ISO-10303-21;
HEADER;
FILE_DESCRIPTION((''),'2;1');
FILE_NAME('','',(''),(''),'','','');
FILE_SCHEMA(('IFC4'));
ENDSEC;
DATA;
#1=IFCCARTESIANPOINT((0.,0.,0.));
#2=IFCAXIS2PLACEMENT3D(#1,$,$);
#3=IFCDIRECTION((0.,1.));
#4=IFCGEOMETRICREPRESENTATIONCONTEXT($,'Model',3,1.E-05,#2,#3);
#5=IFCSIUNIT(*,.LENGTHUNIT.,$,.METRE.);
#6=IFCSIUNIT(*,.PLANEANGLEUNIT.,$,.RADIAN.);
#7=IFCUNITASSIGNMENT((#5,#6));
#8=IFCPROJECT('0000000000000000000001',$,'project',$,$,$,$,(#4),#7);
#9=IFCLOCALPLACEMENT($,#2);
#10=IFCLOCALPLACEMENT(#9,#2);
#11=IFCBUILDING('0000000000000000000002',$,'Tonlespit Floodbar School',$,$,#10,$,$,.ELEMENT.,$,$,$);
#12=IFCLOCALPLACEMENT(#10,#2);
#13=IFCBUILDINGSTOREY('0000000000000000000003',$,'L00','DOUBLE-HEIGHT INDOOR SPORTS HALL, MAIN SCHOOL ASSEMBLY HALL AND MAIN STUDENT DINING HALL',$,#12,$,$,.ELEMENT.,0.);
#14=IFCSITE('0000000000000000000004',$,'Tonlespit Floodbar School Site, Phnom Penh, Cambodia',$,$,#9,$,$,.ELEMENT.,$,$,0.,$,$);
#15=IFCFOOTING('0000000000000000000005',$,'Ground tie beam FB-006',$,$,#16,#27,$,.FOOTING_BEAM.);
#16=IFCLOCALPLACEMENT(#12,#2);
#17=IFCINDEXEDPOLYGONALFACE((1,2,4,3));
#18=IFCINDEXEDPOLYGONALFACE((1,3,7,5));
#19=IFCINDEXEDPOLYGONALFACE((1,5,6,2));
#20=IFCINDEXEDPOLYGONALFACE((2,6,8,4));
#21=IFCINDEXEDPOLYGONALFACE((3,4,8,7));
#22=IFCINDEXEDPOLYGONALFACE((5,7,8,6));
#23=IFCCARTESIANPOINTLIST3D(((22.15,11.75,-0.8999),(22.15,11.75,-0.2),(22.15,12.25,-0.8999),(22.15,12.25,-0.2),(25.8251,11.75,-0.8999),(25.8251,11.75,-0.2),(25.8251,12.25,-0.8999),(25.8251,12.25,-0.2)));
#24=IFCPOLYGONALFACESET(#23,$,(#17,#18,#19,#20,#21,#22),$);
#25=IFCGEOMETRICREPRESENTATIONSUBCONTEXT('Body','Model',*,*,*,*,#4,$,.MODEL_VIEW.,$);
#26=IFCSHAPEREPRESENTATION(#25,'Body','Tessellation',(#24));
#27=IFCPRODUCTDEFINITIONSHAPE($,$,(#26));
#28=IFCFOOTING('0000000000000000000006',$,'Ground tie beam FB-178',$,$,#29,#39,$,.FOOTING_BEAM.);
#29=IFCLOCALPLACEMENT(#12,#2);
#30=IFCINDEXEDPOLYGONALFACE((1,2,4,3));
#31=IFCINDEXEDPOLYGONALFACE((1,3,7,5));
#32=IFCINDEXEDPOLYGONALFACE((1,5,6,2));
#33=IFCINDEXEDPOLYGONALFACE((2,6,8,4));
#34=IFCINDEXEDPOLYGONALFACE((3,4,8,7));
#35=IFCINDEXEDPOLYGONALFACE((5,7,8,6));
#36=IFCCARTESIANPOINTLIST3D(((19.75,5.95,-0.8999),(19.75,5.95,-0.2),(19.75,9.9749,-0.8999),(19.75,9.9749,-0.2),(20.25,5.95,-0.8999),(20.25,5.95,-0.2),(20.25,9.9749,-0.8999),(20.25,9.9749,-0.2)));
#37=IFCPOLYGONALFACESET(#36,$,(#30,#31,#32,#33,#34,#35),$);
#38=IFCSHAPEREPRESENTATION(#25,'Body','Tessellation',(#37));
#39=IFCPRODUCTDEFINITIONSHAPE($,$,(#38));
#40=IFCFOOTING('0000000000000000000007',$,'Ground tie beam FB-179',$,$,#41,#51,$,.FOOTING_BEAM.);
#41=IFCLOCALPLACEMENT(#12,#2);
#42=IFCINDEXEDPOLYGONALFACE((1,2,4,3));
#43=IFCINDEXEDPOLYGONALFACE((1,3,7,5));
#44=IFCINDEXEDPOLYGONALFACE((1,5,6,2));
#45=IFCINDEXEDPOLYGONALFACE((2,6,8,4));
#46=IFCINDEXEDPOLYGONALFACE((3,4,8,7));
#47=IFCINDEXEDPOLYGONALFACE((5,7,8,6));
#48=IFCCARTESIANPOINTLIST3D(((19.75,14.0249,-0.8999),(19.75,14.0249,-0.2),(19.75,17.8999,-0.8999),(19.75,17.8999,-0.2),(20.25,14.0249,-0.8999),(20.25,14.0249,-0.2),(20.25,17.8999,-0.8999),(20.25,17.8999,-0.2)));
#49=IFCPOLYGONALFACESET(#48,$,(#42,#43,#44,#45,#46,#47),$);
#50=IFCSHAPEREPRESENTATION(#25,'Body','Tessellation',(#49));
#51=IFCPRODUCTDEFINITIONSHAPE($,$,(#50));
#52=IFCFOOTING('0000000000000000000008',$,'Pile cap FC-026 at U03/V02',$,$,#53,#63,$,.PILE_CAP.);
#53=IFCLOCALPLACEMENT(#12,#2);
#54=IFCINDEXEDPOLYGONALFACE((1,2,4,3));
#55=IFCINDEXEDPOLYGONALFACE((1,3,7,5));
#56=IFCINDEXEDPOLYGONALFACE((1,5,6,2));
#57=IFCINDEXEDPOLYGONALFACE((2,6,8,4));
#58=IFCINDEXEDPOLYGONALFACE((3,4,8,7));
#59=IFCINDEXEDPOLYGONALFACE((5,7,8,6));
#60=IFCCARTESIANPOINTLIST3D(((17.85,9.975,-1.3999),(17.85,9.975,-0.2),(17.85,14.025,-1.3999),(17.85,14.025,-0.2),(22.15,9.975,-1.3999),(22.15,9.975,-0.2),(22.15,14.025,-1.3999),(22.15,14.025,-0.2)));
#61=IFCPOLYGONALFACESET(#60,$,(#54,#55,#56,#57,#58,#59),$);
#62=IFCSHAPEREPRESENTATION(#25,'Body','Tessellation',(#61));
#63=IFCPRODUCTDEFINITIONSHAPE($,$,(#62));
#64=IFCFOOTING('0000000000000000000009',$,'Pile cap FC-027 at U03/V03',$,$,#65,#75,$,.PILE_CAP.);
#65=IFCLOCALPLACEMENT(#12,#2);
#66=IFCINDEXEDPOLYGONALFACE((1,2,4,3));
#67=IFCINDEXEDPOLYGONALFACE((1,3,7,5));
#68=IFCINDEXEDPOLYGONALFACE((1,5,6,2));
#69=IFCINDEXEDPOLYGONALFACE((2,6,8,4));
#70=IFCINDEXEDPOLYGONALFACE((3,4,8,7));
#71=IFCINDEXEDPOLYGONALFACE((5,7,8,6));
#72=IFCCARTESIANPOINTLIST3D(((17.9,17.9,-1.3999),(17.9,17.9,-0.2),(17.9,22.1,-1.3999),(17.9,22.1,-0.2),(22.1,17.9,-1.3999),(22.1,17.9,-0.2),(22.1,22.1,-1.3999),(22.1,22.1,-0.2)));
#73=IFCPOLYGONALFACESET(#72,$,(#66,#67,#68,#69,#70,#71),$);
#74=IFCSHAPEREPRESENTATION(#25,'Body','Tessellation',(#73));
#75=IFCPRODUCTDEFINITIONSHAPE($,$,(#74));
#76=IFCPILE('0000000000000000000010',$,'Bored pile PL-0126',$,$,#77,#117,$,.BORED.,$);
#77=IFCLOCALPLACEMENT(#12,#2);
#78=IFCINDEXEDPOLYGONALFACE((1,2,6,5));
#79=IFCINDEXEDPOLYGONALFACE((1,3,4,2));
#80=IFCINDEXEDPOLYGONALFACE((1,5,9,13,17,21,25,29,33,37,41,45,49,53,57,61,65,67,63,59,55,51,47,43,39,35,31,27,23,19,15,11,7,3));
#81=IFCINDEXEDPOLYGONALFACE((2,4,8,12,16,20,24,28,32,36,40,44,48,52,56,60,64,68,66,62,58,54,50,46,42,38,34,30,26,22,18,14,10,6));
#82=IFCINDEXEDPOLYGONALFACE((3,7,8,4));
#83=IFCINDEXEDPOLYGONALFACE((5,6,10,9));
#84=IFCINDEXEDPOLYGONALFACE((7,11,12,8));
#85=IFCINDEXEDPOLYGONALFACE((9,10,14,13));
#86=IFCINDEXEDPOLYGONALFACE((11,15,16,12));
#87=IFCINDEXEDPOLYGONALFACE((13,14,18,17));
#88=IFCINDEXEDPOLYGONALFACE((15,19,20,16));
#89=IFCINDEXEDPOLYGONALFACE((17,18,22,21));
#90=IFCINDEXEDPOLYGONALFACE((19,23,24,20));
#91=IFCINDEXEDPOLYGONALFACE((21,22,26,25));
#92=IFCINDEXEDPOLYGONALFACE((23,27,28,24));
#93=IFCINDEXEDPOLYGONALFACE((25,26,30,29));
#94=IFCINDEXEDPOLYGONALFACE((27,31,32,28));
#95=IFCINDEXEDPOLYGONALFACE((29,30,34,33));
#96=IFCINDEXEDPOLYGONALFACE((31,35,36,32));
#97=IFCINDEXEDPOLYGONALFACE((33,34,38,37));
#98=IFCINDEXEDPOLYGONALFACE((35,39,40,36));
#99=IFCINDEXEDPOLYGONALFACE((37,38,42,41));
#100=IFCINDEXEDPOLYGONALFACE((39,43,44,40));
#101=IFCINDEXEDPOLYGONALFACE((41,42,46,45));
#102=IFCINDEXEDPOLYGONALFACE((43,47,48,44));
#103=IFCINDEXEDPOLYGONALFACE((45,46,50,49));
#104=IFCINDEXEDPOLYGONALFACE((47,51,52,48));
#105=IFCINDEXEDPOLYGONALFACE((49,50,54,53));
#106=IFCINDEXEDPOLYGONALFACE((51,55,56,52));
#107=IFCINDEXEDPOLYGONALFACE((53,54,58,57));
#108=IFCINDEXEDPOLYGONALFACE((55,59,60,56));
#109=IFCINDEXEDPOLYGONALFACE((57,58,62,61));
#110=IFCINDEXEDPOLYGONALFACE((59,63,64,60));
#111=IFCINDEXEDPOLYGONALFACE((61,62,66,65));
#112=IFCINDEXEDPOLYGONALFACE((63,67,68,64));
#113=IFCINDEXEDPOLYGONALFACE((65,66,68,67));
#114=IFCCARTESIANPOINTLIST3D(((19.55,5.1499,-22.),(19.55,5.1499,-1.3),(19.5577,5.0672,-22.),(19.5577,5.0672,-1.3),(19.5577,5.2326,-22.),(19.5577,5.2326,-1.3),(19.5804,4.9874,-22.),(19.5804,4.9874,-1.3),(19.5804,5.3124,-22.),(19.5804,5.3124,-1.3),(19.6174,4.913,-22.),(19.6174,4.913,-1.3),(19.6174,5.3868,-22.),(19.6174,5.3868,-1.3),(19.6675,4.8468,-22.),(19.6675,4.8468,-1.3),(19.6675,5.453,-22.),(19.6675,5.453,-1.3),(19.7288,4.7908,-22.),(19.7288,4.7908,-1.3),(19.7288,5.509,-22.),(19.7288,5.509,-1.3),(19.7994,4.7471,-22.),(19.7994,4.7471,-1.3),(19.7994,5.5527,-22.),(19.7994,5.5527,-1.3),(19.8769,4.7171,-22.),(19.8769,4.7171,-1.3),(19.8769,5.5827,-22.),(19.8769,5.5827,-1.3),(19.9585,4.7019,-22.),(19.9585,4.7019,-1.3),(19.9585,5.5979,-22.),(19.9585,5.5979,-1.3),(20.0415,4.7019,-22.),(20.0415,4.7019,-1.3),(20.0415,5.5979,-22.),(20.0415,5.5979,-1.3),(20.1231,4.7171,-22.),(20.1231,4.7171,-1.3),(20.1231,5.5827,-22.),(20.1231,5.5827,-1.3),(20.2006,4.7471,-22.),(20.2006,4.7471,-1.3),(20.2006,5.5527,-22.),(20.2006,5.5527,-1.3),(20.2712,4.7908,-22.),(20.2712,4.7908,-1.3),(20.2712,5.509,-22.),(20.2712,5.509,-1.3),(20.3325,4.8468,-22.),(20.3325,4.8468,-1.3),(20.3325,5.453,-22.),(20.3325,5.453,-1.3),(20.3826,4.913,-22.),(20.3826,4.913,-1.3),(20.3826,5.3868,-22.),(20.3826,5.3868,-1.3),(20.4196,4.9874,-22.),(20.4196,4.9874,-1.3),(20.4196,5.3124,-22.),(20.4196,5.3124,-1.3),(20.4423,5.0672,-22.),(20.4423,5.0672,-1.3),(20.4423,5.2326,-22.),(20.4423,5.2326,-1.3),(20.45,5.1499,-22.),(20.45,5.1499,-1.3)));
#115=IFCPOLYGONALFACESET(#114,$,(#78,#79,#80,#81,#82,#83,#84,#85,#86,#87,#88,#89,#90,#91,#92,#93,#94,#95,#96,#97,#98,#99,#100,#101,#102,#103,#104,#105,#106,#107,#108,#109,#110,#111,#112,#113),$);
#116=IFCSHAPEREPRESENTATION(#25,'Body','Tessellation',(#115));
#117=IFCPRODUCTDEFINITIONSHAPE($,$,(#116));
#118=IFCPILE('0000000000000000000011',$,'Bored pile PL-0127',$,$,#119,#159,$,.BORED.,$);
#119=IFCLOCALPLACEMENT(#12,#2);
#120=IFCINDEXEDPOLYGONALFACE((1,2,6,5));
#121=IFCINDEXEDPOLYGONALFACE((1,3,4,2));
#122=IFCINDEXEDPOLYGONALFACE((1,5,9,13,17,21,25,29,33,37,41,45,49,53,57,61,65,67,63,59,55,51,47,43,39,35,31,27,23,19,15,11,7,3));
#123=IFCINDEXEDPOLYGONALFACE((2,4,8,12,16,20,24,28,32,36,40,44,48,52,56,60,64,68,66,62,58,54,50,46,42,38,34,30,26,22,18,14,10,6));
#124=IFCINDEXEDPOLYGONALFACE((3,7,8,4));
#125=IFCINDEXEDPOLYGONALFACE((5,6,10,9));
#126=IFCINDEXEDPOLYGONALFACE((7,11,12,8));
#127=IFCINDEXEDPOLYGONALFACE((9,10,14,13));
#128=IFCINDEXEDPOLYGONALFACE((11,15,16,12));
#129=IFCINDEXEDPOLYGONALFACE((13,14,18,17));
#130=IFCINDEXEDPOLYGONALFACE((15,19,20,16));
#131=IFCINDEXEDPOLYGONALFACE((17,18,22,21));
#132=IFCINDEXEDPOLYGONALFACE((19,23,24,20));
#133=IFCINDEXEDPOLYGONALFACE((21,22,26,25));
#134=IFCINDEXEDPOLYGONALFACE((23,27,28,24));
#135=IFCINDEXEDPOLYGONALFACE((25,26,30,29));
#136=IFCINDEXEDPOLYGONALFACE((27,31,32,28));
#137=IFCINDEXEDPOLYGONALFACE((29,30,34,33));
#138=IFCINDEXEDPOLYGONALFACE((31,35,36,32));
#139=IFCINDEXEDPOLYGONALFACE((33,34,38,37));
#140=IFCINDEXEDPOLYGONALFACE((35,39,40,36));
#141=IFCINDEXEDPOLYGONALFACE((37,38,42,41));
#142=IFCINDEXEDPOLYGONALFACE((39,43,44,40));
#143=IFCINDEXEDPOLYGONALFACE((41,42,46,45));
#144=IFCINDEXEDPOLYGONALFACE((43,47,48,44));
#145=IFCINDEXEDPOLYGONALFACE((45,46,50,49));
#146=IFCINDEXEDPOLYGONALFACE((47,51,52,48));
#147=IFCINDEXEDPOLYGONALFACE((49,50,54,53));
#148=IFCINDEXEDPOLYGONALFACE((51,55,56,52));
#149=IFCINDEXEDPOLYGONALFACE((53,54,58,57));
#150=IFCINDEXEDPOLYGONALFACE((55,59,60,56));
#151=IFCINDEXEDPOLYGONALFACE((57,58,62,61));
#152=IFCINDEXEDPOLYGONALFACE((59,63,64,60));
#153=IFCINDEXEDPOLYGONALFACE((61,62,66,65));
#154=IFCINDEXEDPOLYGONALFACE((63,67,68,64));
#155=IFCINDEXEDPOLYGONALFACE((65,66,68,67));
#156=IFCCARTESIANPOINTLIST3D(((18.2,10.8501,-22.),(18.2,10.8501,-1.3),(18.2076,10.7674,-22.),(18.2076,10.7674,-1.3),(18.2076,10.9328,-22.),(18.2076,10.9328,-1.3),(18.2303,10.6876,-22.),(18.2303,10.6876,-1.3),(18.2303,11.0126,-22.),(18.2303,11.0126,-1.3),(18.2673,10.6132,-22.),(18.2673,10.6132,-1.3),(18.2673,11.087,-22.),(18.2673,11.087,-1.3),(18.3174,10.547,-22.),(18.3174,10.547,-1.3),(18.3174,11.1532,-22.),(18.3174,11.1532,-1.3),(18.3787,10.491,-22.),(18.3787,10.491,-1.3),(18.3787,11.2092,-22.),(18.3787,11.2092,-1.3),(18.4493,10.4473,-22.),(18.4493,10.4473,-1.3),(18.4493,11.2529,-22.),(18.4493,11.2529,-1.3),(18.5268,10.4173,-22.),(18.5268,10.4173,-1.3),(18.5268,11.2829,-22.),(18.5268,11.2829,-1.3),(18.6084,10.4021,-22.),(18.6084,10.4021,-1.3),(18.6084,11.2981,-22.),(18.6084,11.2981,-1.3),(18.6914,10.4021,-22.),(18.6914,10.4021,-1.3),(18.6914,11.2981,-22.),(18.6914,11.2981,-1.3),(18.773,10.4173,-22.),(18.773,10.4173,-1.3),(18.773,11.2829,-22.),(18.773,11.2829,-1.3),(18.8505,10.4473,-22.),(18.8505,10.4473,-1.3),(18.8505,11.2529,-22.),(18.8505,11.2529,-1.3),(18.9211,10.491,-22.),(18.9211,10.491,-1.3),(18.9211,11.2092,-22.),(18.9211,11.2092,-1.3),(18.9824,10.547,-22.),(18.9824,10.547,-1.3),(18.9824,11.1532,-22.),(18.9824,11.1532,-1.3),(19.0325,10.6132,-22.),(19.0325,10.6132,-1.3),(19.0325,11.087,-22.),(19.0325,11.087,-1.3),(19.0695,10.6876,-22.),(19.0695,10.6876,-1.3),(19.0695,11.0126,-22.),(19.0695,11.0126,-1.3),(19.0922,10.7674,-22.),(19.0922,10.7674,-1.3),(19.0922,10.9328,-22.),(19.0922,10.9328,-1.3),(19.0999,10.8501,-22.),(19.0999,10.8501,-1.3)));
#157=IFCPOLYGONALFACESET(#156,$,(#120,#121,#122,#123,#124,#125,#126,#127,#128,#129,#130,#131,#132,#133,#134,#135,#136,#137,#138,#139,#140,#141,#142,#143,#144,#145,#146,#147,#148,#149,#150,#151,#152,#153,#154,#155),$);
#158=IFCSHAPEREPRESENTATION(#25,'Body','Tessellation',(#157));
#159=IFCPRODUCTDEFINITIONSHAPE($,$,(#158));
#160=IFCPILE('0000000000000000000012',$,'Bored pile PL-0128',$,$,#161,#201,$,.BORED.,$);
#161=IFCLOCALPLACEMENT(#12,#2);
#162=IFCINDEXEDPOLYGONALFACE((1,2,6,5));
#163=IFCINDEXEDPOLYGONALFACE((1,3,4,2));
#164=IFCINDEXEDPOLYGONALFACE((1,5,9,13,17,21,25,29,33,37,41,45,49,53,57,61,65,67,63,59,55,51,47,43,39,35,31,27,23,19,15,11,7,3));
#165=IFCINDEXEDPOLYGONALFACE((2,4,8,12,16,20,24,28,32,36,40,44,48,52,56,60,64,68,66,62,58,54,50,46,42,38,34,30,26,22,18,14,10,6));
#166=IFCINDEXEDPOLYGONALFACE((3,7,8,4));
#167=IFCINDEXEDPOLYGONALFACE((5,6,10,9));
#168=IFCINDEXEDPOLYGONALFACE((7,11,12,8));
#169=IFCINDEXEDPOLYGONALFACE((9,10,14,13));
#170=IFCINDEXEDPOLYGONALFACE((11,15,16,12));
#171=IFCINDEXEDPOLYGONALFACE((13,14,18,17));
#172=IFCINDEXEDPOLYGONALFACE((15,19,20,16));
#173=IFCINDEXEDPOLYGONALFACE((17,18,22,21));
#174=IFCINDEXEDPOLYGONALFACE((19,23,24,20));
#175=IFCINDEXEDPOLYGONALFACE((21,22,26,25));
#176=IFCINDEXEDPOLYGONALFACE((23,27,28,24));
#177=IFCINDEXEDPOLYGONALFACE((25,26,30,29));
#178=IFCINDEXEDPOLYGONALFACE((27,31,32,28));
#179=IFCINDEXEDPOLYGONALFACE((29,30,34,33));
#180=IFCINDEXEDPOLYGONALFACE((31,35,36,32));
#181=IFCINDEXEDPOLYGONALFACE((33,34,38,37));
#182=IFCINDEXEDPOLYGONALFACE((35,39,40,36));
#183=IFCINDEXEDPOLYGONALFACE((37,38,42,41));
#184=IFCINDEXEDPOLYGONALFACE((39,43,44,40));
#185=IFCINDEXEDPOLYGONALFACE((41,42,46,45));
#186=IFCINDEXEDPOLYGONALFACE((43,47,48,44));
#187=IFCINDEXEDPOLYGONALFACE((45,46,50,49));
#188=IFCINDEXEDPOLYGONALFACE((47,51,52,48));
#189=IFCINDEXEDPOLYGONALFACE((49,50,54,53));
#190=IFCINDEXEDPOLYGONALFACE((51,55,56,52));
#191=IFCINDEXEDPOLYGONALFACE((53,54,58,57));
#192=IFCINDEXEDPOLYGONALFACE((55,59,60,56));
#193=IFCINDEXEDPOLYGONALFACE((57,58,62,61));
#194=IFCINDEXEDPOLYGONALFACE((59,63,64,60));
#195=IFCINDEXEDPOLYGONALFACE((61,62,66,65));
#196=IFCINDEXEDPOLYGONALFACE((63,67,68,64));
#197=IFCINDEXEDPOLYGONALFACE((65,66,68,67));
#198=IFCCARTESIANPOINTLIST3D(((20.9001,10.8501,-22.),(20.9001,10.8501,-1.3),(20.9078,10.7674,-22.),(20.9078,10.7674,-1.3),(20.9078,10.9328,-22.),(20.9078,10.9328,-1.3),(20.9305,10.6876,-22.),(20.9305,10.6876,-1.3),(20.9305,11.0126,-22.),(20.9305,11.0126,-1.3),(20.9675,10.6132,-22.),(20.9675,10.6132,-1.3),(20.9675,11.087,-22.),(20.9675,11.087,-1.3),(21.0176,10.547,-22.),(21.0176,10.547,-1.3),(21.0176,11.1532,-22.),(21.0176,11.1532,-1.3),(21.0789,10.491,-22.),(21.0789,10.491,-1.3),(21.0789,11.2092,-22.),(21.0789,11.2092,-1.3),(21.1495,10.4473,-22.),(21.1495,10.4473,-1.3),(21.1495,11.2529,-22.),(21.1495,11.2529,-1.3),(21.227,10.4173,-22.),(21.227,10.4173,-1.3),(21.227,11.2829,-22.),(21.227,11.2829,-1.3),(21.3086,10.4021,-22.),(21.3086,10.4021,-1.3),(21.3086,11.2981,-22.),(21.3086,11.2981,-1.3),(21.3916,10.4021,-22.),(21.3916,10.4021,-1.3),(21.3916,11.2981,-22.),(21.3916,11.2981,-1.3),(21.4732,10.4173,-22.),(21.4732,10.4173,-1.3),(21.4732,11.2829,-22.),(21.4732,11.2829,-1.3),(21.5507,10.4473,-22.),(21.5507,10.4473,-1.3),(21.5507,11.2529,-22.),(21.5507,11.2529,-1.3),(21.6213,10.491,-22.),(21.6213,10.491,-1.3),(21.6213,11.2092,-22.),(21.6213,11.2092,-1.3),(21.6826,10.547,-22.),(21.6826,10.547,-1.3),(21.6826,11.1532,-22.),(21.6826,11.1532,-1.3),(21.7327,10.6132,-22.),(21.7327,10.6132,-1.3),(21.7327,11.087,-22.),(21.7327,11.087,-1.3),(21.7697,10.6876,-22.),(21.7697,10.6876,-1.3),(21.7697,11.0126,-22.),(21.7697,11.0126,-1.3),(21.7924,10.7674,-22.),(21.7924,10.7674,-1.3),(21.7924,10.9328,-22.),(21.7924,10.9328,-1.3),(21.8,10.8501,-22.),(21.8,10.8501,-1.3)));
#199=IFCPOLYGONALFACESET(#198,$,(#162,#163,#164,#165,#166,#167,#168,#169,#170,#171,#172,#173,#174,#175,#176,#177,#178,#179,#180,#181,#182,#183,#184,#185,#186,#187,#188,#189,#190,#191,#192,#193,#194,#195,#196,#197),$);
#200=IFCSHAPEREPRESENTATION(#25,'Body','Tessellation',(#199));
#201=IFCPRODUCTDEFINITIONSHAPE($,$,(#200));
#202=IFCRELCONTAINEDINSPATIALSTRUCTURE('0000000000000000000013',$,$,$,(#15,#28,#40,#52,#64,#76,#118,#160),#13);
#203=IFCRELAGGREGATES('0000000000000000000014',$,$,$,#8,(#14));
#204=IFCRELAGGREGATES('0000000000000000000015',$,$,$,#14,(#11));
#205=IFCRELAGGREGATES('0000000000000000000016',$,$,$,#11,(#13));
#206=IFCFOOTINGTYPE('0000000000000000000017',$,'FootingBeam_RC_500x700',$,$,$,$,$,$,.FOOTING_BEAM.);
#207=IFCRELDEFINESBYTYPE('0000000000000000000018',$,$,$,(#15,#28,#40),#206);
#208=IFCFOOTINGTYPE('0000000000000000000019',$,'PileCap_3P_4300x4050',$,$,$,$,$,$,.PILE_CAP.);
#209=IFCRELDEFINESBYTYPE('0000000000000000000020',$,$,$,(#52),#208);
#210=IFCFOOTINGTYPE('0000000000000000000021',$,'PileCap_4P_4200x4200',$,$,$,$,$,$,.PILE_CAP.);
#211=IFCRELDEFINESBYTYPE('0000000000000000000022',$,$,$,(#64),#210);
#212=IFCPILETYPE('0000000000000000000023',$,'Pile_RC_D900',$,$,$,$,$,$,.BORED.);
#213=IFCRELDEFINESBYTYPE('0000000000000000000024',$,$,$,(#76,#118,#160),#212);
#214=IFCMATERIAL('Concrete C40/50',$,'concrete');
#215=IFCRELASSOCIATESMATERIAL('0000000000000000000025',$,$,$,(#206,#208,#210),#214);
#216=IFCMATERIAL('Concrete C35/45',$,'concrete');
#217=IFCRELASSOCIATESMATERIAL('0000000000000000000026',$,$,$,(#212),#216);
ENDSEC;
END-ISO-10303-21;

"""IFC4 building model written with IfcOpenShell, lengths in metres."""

from ifc_helpers import new_model, si_unit, direction, frame, origin, origin_2d, place, context, subcontext, project, spatial, rectangle, circle, extrude, material, material_profile, profile_set, type_object, element, save


model = new_model("IFC4")

# Units and contexts
model_context = context("Model", 3, precision=1e-05, world=origin(), true_north=direction((0.0, 1.0)))
body_context = subcontext(model_context, "Body", "Model", "MODEL_VIEW")
ifc_project = project(units=[si_unit("LENGTHUNIT", "METRE"), si_unit("PLANEANGLEUNIT", "RADIAN")], contexts=[model_context])

# Site, building, storey
site_placement = place(None, origin())
site = spatial("IfcSite", under=ifc_project, at=site_placement, Name="Tonlespit Floodbar School Site, Phnom Penh, Cambodia", CompositionType="ELEMENT", RefElevation=0.0)
building_placement = place(site_placement, origin())
building = spatial("IfcBuilding", under=site, at=building_placement, Name="Tonlespit Floodbar School", CompositionType="ELEMENT")
storey_placement = place(building_placement, origin())
storey = spatial("IfcBuildingStorey", under=building, at=storey_placement, Name="L00", Description="DOUBLE-HEIGHT INDOOR SPORTS HALL, MAIN SCHOOL ASSEMBLY HALL AND MAIN STUDENT DINING HALL", CompositionType="ELEMENT", Elevation=0.0)

# Footings
ifc_material_1 = material(Name="Concrete C40/50", Category="concrete")
footing_type_1 = type_object("IfcFootingType", Name="FootingBeam_RC_500x700", PredefinedType="FOOTING_BEAM", material=ifc_material_1)
footing_1_placement = place(storey_placement, frame((23.9875, 12.0, -0.8999), z_axis=(0.0, 0.0, 1.0), x_axis=(1.0, 0.0, 0.0)))
element("IfcFooting", 1, at=footing_1_placement, inside=storey, type_object=footing_type_1, Name="Ground tie beam FB-006", PredefinedType="FOOTING_BEAM", context=body_context, shape_type="SweptSolid", body=[
    extrude(rectangle(XDim=3.675, YDim=0.5, at=origin_2d()), origin(), (0.0, 0.0, 1.0), 0.7),
])
footing_2_placement = place(storey_placement, frame((20.0, 7.9624, -0.8999), z_axis=(0.0, 0.0, 1.0), x_axis=(0.0, 1.0, 0.0)))
element("IfcFooting", 2, at=footing_2_placement, inside=storey, type_object=footing_type_1, Name="Ground tie beam FB-178", PredefinedType="FOOTING_BEAM", context=body_context, shape_type="SweptSolid", body=[
    extrude(rectangle(XDim=4.0249, YDim=0.5, at=origin_2d()), origin(), (0.0, 0.0, 1.0), 0.7),
])
footing_3_placement = place(storey_placement, frame((20.0, 15.9624, -0.8999), z_axis=(0.0, 0.0, 1.0), x_axis=(0.0, 1.0, 0.0)))
element("IfcFooting", 3, at=footing_3_placement, inside=storey, type_object=footing_type_1, Name="Ground tie beam FB-179", PredefinedType="FOOTING_BEAM", context=body_context, shape_type="SweptSolid", body=[
    extrude(rectangle(XDim=3.875, YDim=0.5, at=origin_2d()), origin(), (0.0, 0.0, 1.0), 0.7),
])
footing_type_2 = type_object("IfcFootingType", Name="PileCap_3P_4300x4050", PredefinedType="PILE_CAP", material=ifc_material_1)
footing_4_placement = place(storey_placement, frame((20.0, 12.0, -1.3999), z_axis=(0.0, 0.0, 1.0), x_axis=(1.0, 0.0, 0.0)))
element("IfcFooting", 4, at=footing_4_placement, inside=storey, type_object=footing_type_2, Name="Pile cap FC-026 at U03/V02", PredefinedType="PILE_CAP", context=body_context, shape_type="SweptSolid", body=[
    extrude(rectangle(XDim=4.3, YDim=4.05, at=origin_2d()), origin(), (0.0, 0.0, 1.0), 1.2),
])
footing_type_3 = type_object("IfcFootingType", Name="PileCap_4P_4200x4200", PredefinedType="PILE_CAP", material=ifc_material_1)
footing_5_placement = place(storey_placement, frame((20.0, 20.0, -1.3999), z_axis=(0.0, 0.0, 1.0), x_axis=(1.0, 0.0, 0.0)))
element("IfcFooting", 5, at=footing_5_placement, inside=storey, type_object=footing_type_3, Name="Pile cap FC-027 at U03/V03", PredefinedType="PILE_CAP", context=body_context, shape_type="SweptSolid", body=[
    extrude(rectangle(XDim=4.2, YDim=4.2, at=origin_2d()), origin(), (0.0, 0.0, 1.0), 1.2),
])

# Piles
ifc_material_2 = material(Name="Concrete C35/45", Category="concrete")
ifc_material_profile_1 = material_profile(ifc_material_2, circle(Radius=0.45, at=origin_2d()), Name="BP D900")
ifc_profile_set_1 = profile_set([ifc_material_profile_1], Name="Concrete C35/45")
pile_type = type_object("IfcPileType", Name="Pile_RC_D900", PredefinedType="BORED", material=ifc_profile_set_1)
for number, where, z_axis, x_axis, name in (
    (6, (20.0, 5.1499, -1.3), (0.0, 0.0, -1.0), (1.0, 0.0, 0.0), "Bored pile PL-0126"),
    (7, (18.6499, 10.8501, -1.3), (0.0, 0.0, -1.0), (1.0, 0.0, 0.0), "Bored pile PL-0127"),
    (8, (21.3501, 10.8501, -1.3), (0.0, 0.0, -1.0), (1.0, 0.0, 0.0), "Bored pile PL-0128"),
):
    element("IfcPile", number, at=place(storey_placement, frame(where, z_axis=z_axis, x_axis=x_axis)), inside=storey, type_object=pile_type, Name=name, PredefinedType="BORED", context=body_context, shape_type="SweptSolid", body=[
        extrude(circle(Radius=0.45, at=origin_2d()), origin(), (0.0, 0.0, 1.0), 20.7),
    ])

save(model, "model.ifc")
